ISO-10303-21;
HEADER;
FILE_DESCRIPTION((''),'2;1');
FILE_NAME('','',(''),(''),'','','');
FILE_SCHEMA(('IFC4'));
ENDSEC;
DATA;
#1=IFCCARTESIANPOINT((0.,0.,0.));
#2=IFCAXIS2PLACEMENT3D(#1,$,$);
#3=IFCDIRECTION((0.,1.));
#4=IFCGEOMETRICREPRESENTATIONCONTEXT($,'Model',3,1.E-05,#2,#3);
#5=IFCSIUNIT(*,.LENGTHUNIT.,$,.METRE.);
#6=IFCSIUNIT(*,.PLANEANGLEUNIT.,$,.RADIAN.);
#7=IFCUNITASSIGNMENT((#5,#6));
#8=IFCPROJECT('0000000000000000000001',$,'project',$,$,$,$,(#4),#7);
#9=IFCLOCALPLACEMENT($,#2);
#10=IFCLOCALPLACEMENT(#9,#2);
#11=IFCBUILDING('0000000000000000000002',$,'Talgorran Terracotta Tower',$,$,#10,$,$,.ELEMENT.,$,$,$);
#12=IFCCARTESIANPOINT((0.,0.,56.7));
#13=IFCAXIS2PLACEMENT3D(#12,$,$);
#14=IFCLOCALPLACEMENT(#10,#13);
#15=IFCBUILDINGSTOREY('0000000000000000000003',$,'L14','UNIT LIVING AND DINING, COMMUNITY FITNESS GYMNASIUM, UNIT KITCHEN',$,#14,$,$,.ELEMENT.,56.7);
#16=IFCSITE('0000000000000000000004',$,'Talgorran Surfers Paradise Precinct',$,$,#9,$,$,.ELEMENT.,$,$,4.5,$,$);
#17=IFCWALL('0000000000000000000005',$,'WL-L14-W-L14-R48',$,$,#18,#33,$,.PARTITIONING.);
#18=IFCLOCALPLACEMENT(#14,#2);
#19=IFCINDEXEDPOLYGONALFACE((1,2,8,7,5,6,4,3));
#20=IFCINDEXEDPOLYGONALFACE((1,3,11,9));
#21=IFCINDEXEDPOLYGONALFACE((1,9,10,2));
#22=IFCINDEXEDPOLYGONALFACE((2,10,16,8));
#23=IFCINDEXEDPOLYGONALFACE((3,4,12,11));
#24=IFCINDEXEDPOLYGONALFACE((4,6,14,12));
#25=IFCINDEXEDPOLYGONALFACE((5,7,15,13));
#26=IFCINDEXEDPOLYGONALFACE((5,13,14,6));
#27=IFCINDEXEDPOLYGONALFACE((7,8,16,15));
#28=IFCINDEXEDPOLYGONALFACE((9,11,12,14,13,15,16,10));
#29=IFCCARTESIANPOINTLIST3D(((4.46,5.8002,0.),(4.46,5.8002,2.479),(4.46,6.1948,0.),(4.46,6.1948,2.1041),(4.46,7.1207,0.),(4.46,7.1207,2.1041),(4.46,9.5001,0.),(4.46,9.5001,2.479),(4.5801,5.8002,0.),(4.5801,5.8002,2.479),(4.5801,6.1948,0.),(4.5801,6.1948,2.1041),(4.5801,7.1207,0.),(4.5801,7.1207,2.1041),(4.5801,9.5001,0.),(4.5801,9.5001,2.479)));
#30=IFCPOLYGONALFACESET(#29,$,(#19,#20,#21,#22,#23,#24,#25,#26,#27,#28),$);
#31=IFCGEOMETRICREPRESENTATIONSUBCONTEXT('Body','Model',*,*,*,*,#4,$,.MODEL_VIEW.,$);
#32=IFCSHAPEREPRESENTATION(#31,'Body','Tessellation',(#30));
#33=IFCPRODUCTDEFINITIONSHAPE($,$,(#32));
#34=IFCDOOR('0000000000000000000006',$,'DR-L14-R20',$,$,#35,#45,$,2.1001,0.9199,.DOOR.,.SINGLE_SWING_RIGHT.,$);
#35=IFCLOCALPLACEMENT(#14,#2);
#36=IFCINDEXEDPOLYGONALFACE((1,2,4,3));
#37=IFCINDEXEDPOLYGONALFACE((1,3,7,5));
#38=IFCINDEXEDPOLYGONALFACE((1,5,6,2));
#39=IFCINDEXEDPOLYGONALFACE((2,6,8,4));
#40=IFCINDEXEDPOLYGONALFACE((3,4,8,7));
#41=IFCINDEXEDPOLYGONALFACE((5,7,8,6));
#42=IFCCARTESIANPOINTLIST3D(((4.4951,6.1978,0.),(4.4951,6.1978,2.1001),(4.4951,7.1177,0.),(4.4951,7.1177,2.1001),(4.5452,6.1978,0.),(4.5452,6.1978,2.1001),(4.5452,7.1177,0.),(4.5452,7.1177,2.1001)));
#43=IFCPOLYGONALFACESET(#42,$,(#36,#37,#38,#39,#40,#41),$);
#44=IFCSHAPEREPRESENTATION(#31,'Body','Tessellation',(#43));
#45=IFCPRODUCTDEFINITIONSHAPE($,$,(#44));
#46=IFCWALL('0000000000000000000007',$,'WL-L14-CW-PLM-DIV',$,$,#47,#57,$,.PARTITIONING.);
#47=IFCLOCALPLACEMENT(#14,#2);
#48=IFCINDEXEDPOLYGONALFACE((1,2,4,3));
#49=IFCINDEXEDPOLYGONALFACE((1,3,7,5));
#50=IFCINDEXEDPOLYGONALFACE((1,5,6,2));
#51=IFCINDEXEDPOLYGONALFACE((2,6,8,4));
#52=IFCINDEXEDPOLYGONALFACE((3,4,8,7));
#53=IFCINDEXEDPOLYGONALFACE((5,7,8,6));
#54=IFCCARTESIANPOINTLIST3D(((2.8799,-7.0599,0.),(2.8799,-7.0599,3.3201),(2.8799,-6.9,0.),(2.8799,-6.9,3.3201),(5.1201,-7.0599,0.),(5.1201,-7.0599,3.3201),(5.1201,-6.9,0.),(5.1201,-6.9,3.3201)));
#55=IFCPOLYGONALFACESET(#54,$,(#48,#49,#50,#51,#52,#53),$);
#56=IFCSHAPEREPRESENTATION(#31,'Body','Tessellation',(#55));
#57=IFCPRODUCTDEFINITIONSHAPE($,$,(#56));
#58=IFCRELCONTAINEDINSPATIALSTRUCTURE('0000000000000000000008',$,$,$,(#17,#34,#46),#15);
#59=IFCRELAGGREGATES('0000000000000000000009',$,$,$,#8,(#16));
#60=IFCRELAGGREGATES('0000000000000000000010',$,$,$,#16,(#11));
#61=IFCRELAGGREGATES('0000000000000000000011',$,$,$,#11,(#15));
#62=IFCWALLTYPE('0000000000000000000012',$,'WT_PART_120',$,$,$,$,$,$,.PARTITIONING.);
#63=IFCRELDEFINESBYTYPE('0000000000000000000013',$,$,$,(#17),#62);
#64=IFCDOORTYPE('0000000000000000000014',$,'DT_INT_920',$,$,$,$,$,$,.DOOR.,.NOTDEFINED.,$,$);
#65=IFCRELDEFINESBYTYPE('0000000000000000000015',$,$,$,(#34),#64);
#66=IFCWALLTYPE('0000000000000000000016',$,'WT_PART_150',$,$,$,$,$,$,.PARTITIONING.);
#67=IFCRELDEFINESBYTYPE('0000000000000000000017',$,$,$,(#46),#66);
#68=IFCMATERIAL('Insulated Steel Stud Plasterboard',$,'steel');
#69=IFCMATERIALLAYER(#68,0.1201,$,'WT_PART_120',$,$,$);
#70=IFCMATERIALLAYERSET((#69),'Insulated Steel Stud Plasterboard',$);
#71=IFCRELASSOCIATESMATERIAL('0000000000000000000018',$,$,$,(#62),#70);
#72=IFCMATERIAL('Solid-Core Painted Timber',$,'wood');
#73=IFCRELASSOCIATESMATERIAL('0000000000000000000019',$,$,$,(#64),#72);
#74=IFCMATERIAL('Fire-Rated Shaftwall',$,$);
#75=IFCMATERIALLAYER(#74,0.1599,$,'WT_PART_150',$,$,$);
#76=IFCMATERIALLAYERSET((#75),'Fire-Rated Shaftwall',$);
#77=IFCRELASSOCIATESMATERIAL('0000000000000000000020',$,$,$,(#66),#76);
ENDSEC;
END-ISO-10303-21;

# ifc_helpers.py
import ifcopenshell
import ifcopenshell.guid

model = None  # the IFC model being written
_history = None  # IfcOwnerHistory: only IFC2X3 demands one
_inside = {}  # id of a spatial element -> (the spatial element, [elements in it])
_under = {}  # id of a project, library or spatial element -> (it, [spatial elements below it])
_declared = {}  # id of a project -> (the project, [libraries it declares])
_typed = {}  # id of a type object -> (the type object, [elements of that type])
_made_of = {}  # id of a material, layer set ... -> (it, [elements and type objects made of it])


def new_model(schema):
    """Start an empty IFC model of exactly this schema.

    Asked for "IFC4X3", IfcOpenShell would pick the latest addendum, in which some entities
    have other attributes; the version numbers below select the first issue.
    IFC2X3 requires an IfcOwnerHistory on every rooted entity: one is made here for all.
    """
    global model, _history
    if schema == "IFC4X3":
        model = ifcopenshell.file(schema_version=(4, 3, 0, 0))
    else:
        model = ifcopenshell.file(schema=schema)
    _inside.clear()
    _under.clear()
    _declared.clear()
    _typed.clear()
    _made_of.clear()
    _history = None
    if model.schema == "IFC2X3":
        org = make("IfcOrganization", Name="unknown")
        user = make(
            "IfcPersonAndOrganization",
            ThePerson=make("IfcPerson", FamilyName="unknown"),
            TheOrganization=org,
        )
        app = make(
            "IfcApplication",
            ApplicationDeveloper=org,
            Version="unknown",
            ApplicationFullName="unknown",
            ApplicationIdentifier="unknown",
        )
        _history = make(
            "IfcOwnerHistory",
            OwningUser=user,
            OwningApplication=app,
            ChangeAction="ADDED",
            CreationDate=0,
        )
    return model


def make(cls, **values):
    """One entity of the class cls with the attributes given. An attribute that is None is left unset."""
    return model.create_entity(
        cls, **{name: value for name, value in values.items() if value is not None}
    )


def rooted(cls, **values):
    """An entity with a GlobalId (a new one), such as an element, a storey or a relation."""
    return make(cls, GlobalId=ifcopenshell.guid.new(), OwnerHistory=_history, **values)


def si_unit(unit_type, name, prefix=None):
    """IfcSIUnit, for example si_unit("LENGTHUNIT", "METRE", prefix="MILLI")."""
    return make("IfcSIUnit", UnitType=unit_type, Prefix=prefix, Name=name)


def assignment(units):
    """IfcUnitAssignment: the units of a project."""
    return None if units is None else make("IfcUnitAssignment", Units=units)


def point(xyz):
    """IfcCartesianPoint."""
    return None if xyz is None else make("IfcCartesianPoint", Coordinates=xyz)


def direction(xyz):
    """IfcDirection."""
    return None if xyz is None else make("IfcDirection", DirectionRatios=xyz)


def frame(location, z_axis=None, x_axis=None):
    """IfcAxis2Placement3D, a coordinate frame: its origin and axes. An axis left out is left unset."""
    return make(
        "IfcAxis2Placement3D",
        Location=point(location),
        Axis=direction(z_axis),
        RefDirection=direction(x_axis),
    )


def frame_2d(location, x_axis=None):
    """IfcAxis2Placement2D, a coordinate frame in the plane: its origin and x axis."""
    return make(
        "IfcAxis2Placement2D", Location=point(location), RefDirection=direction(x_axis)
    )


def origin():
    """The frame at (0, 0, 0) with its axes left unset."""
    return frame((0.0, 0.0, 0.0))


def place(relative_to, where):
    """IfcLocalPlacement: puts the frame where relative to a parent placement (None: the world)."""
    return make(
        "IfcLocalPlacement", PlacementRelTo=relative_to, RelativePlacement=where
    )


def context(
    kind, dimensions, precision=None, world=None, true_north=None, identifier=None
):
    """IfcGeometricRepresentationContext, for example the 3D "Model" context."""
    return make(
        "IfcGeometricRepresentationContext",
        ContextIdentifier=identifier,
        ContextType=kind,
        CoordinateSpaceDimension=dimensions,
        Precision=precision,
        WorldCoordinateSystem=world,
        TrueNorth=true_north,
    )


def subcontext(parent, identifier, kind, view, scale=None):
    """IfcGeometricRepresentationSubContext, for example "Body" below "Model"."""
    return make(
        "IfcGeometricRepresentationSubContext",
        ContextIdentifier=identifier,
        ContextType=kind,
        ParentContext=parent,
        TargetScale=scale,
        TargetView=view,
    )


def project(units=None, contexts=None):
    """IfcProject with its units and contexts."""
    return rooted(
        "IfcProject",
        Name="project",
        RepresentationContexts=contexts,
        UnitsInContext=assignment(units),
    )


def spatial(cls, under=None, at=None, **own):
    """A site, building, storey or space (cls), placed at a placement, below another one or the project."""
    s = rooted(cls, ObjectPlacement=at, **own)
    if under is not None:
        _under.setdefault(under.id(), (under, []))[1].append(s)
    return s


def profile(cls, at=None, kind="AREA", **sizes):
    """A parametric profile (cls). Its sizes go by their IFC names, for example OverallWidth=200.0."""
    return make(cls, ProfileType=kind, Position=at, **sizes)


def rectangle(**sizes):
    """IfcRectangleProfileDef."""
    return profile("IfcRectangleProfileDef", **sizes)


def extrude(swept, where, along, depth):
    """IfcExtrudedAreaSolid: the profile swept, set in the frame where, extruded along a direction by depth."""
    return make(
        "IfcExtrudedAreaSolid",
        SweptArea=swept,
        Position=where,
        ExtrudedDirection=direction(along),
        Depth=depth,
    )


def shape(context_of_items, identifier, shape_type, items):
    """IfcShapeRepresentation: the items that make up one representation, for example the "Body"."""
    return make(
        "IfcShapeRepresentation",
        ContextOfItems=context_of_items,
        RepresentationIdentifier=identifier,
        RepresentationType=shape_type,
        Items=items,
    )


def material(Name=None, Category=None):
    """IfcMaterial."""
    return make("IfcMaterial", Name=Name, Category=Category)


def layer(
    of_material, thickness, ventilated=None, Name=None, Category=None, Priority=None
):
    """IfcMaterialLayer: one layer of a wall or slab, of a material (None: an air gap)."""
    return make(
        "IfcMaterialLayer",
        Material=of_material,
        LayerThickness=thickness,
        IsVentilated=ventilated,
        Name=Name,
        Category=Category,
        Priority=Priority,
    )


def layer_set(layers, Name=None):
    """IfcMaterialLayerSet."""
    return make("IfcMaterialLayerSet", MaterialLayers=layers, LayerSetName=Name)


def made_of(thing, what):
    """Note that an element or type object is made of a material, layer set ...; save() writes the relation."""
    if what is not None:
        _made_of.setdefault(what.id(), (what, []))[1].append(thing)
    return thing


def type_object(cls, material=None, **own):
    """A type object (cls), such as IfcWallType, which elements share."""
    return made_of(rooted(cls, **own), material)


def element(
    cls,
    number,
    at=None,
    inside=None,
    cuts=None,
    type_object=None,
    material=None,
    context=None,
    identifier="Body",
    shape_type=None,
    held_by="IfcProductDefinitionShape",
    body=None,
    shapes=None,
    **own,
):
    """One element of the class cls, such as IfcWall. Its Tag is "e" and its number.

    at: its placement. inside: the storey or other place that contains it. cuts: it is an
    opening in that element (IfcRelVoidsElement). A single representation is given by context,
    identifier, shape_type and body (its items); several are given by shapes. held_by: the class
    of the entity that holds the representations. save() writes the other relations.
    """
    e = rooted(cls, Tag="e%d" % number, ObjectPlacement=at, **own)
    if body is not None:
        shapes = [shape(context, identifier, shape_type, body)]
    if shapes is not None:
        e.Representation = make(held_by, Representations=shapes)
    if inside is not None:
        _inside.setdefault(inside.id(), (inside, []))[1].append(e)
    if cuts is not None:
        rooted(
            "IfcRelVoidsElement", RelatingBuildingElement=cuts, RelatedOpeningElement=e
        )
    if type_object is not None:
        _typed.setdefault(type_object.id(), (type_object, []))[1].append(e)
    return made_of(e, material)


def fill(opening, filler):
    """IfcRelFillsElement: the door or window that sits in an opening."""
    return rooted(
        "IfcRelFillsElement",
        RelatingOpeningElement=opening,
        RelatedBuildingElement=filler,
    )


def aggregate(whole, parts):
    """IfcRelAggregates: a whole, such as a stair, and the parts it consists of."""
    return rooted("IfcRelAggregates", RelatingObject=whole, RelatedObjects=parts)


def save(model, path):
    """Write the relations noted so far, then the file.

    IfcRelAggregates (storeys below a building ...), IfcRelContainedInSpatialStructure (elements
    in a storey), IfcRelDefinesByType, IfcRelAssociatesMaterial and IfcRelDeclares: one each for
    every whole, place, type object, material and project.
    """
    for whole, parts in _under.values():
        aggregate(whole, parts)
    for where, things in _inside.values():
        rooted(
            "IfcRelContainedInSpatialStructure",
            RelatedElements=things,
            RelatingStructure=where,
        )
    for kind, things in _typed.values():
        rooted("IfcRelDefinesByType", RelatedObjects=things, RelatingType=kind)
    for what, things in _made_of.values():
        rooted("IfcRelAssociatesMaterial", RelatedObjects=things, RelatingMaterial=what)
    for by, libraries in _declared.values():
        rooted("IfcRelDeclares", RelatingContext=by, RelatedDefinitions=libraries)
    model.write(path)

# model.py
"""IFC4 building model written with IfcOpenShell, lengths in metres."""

from ifc_helpers import new_model, si_unit, direction, frame, frame_2d, origin, place, context, subcontext, project, spatial, rectangle, extrude, material, layer, layer_set, type_object, element, fill, save


model = new_model("IFC4")

# Units and contexts
model_context = context("Model", 3, precision=1e-05, world=origin(), true_north=direction((0.0, 1.0)))
body_context = subcontext(model_context, "Body", "Model", "MODEL_VIEW")
ifc_project = project(units=[si_unit("LENGTHUNIT", "METRE"), si_unit("PLANEANGLEUNIT", "RADIAN")], contexts=[model_context])

# Site, building, storey
site_placement = place(None, origin())
site = spatial("IfcSite", under=ifc_project, at=site_placement, Name="Talgorran Surfers Paradise Precinct", CompositionType="ELEMENT", RefElevation=4.5)
building_placement = place(site_placement, origin())
building = spatial("IfcBuilding", under=site, at=building_placement, Name="Talgorran Terracotta Tower", CompositionType="ELEMENT")
storey_placement = place(building_placement, frame((0.0, 0.0, 56.7)))
storey = spatial("IfcBuildingStorey", under=building, at=storey_placement, Name="L14", Description="UNIT LIVING AND DINING, COMMUNITY FITNESS GYMNASIUM, UNIT KITCHEN", CompositionType="ELEMENT", Elevation=56.7)

# Shared definitions
ifc_material_1 = material(Name="Insulated Steel Stud Plasterboard", Category="steel")
ifc_layer_1 = layer(ifc_material_1, 0.1201, Name="WT_PART_120")
ifc_layer_set_1 = layer_set([ifc_layer_1], Name="Insulated Steel Stud Plasterboard")
wall_type_1 = type_object("IfcWallType", Name="WT_PART_120", PredefinedType="PARTITIONING", material=ifc_layer_set_1)

# Wall, opening, door
wall_1_placement = place(storey_placement, frame((4.52, 5.8, 0.0), z_axis=(0.0, 0.0, 1.0), x_axis=(0.0, 1.0, 0.0)))
wall_1 = element("IfcWall", 1, at=wall_1_placement, inside=storey, type_object=wall_type_1, Name="WL-L14-W-L14-R48", PredefinedType="PARTITIONING", context=body_context, shape_type="SweptSolid", body=[
    extrude(rectangle(XDim=3.7, YDim=0.1201, at=frame_2d((1.8501, 0.0))), origin(), (0.0, 0.0, 1.0), 2.479),
])
opening_1_placement = place(wall_1_placement, frame((0.3977, 0.0, 0.0)))
opening_1 = element("IfcOpeningElement", 2, at=opening_1_placement, cuts=wall_1, PredefinedType="OPENING", context=body_context, shape_type="SweptSolid", body=[
    extrude(rectangle(XDim=0.9259, YDim=2.1041, at=frame_2d((0.46, 1.052))), frame((0.0, 0.0701, 0.0), z_axis=(0.0, -1.0, 0.0), x_axis=(1.0, 0.0, 0.0)), (0.0, 0.0, 1.0), 0.1401),
])
ifc_material_2 = material(Name="Solid-Core Painted Timber", Category="wood")
door_type_1 = type_object("IfcDoorType", Name="DT_INT_920", OperationType="NOTDEFINED", PredefinedType="DOOR", material=ifc_material_2)
door_1_placement = place(opening_1_placement, origin())
door_1 = element("IfcDoor", 3, at=door_1_placement, inside=storey, type_object=door_type_1, Name="DR-L14-R20", OperationType="SINGLE_SWING_RIGHT", OverallHeight=2.1001, OverallWidth=0.9199, PredefinedType="DOOR", context=body_context, shape_type="SweptSolid", body=[
    extrude(rectangle(XDim=0.9199, YDim=2.1001, at=frame_2d((0.46, 1.05))), frame((0.0, 0.0249, 0.0), z_axis=(0.0, -1.0, 0.0), x_axis=(1.0, 0.0, 0.0)), (0.0, 0.0, 1.0), 0.05),
])
fill(opening_1, door_1)

# Wall
ifc_material_3 = material(Name="Fire-Rated Shaftwall")
ifc_layer_2 = layer(ifc_material_3, 0.1599, Name="WT_PART_150")
ifc_layer_set_2 = layer_set([ifc_layer_2], Name="Fire-Rated Shaftwall")
wall_type_2 = type_object("IfcWallType", Name="WT_PART_150", PredefinedType="PARTITIONING", material=ifc_layer_set_2)
wall_2_placement = place(storey_placement, frame((2.8799, -6.98, 0.0), z_axis=(0.0, 0.0, 1.0), x_axis=(1.0, 0.0, 0.0)))
element("IfcWall", 4, at=wall_2_placement, inside=storey, type_object=wall_type_2, Name="WL-L14-CW-PLM-DIV", PredefinedType="PARTITIONING", context=body_context, shape_type="SweptSolid", body=[
    extrude(rectangle(XDim=2.2402, YDim=0.1599, at=frame_2d((1.1201, 0.0))), origin(), (0.0, 0.0, 1.0), 3.3201),
])

save(model, "model.ifc")
